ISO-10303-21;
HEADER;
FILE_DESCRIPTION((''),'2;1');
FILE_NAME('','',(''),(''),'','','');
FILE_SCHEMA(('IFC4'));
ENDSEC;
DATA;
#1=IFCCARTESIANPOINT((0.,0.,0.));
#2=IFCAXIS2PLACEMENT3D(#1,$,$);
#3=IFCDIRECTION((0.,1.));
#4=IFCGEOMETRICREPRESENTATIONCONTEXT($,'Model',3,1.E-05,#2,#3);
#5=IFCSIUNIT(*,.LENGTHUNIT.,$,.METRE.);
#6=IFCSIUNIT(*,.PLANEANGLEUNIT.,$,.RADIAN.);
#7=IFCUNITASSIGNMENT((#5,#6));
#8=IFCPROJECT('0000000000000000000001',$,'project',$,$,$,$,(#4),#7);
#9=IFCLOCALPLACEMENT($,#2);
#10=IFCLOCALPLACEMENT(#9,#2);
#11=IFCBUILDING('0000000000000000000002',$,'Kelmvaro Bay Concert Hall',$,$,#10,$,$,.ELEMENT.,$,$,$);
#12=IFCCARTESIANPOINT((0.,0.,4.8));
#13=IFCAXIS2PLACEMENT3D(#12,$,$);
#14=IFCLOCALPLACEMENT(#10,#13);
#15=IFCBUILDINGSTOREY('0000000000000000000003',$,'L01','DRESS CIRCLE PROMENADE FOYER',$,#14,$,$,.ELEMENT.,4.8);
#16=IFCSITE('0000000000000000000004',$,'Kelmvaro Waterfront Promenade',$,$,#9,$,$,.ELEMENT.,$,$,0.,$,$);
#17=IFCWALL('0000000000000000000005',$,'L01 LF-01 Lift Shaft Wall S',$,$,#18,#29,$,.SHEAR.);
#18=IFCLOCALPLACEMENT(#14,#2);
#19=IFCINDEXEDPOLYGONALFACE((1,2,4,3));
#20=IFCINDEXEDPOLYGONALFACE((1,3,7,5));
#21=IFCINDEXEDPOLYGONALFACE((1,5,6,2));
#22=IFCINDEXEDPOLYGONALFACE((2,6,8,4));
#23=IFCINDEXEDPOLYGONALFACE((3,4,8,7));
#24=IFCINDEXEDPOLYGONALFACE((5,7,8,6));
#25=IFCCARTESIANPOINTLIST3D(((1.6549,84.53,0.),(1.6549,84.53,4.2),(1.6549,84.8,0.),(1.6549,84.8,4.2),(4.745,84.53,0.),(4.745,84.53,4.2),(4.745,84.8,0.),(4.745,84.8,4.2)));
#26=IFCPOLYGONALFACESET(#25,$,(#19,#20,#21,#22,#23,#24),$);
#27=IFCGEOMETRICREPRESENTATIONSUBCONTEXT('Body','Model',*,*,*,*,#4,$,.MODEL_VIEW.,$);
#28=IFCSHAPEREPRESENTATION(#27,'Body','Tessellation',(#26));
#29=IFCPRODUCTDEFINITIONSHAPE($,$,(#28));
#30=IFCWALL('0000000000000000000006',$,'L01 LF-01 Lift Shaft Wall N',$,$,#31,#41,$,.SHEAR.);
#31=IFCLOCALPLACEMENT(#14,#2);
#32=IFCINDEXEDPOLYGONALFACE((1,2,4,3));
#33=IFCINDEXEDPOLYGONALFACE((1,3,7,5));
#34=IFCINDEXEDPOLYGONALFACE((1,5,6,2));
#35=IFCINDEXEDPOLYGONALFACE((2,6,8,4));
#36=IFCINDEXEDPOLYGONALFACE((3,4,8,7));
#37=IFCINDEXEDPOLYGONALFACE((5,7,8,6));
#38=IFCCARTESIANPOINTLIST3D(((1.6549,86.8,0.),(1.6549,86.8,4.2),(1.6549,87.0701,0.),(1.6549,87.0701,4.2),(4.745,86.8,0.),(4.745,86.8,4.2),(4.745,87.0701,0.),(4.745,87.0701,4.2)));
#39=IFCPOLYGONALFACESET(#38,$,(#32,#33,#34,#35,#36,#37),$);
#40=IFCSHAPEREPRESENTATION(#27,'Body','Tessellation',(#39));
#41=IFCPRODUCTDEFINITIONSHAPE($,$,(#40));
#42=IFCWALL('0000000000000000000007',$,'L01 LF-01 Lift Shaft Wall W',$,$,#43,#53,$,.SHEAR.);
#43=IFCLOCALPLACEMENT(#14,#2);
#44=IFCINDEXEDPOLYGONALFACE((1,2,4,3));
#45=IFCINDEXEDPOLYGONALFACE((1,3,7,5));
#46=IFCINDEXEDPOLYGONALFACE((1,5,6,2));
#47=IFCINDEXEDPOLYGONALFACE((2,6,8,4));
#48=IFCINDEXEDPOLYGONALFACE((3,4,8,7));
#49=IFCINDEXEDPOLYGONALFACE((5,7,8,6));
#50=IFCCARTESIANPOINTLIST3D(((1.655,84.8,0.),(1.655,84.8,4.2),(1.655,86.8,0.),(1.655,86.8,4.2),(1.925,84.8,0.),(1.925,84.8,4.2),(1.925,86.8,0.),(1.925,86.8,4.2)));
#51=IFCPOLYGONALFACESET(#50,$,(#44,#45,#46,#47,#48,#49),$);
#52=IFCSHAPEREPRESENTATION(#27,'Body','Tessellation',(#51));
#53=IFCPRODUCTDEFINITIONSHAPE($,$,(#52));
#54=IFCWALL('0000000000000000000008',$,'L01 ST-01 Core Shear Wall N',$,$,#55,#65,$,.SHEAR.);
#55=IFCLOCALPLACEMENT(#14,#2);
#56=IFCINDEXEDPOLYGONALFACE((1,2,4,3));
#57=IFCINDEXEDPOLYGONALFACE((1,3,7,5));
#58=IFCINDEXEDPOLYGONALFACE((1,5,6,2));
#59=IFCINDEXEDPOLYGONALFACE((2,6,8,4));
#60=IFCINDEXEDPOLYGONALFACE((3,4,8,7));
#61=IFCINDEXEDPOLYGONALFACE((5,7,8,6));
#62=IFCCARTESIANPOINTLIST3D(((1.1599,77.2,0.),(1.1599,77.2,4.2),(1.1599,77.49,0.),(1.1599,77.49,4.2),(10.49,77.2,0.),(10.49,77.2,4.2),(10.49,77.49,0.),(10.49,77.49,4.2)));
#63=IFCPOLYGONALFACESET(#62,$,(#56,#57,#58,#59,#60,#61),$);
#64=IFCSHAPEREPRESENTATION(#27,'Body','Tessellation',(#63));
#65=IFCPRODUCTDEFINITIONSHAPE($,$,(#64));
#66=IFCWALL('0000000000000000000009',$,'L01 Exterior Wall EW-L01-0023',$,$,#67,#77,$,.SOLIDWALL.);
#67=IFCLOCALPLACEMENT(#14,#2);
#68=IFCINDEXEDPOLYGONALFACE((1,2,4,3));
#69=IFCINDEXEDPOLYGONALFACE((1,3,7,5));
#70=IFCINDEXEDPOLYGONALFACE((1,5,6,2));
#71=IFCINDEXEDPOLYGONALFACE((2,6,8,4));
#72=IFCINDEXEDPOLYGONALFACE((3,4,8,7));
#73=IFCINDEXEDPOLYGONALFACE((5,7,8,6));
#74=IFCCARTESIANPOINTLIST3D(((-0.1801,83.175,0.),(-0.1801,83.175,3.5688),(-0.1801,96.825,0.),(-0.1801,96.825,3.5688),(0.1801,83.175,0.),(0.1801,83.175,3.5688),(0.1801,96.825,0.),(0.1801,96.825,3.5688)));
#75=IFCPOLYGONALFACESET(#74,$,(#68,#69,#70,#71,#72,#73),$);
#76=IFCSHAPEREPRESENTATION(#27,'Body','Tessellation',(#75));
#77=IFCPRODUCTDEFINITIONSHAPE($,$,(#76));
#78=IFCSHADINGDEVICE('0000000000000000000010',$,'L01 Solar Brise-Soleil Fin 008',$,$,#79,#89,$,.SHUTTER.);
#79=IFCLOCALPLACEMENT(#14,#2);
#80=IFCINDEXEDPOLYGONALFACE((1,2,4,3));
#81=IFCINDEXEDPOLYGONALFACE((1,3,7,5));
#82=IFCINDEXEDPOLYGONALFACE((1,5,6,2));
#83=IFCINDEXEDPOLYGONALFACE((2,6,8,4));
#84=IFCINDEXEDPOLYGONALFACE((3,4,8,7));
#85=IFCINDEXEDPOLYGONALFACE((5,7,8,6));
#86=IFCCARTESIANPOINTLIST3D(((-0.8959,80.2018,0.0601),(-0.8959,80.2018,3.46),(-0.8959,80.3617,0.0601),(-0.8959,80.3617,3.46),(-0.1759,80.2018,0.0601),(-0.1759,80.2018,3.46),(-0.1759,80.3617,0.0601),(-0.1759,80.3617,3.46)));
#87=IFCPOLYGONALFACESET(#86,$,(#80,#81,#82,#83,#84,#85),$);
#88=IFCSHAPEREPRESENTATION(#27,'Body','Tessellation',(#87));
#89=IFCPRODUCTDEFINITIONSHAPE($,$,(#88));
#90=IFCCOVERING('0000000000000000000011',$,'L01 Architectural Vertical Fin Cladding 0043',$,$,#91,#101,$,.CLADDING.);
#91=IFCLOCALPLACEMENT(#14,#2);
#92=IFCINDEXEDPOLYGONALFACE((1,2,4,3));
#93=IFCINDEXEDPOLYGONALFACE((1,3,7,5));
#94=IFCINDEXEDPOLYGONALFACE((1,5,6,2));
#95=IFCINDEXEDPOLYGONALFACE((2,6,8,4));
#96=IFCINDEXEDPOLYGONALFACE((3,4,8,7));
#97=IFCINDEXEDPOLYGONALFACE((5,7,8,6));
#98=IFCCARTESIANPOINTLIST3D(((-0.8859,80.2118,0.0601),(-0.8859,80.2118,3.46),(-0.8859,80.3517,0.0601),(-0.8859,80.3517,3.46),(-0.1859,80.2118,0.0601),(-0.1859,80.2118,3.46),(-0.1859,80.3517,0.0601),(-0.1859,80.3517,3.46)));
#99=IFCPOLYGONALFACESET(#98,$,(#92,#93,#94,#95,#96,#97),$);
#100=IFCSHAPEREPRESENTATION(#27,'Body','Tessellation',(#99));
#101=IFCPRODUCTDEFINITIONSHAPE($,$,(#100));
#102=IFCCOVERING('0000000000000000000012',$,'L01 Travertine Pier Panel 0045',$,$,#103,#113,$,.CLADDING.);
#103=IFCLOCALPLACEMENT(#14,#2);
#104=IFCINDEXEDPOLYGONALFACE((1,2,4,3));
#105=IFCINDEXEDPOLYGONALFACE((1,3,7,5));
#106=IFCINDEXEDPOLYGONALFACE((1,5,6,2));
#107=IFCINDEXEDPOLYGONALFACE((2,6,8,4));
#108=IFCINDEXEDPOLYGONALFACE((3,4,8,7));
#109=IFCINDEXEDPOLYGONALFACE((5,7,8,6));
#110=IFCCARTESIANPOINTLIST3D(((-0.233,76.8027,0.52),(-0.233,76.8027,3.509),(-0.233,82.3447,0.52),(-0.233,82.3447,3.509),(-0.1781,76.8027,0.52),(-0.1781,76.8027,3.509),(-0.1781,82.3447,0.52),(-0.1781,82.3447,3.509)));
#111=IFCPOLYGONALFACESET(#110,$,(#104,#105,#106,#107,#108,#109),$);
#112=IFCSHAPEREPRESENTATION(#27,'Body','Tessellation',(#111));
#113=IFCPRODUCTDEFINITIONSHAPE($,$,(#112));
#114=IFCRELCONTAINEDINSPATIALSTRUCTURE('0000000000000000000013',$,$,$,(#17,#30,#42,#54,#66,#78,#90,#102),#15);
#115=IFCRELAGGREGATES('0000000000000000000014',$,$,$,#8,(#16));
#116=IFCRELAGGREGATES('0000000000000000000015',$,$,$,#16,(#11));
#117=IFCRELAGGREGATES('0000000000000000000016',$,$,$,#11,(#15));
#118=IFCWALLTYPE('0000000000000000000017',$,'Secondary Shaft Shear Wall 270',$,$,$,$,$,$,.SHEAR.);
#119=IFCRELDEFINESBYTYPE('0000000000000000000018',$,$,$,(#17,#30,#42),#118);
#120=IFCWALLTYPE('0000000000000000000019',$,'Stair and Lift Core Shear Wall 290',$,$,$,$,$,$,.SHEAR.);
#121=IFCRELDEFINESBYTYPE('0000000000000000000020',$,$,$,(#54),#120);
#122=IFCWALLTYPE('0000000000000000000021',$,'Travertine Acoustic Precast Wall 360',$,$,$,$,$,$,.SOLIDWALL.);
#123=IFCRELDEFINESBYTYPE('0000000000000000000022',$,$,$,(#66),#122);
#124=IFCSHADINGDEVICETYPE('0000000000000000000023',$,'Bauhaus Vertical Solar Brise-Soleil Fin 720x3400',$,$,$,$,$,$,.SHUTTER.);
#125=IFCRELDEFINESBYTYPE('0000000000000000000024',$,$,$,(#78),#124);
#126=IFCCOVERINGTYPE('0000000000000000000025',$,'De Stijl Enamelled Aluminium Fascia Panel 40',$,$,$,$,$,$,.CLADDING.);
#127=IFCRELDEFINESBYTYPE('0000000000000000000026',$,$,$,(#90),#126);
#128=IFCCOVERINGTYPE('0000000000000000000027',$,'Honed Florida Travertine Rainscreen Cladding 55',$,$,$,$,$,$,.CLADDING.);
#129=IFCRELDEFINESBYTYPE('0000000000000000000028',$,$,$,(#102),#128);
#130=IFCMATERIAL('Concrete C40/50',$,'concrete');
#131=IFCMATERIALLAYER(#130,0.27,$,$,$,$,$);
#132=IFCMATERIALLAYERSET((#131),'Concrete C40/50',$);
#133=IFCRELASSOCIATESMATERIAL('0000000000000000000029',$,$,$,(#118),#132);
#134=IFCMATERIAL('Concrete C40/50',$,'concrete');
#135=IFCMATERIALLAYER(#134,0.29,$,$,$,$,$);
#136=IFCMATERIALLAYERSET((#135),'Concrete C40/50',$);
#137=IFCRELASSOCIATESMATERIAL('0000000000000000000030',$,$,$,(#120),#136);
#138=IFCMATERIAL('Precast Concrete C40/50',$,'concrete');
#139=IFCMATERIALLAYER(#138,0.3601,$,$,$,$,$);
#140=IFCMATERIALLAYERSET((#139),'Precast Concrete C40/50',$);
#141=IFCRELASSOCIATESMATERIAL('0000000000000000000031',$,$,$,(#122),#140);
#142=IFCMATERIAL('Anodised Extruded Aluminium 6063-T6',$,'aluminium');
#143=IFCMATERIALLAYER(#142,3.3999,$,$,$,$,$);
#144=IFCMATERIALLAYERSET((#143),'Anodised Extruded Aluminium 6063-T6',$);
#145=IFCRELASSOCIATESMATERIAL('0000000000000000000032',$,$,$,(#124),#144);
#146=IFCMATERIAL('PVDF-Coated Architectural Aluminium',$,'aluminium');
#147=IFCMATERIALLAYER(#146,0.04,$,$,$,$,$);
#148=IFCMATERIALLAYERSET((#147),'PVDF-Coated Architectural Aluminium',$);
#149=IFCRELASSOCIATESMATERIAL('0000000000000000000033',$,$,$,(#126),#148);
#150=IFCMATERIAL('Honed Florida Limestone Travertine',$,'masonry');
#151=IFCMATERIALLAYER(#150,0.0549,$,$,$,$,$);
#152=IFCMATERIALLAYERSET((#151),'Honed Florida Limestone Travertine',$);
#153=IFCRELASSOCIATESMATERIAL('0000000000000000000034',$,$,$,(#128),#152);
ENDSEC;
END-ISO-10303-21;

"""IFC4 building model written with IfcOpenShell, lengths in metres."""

from ifc_helpers import new_model, si_unit, direction, frame, frame_2d, origin, origin_2d, place, context, subcontext, project, spatial, rectangle, extrude, material, layer, layer_set, type_object, element, save


model = new_model("IFC4")

# Units and contexts
model_context = context("Model", 3, precision=1e-05, world=origin(), true_north=direction((0.0, 1.0)))
body_context = subcontext(model_context, "Body", "Model", "MODEL_VIEW")
ifc_project = project(units=[si_unit("LENGTHUNIT", "METRE"), si_unit("PLANEANGLEUNIT", "RADIAN")], contexts=[model_context])

# Site, building, storey
site_placement = place(None, origin())
site = spatial("IfcSite", under=ifc_project, at=site_placement, Name="Kelmvaro Waterfront Promenade", CompositionType="ELEMENT", RefElevation=0.0)
building_placement = place(site_placement, origin())
building = spatial("IfcBuilding", under=site, at=building_placement, Name="Kelmvaro Bay Concert Hall", CompositionType="ELEMENT")
storey_placement = place(building_placement, frame((0.0, 0.0, 4.8)))
storey = spatial("IfcBuildingStorey", under=building, at=storey_placement, Name="L01", Description="DRESS CIRCLE PROMENADE FOYER", CompositionType="ELEMENT", Elevation=4.8)

# Walls
ifc_material_1 = material(Name="Concrete C40/50", Category="concrete")
ifc_layer_1 = layer(ifc_material_1, 0.27)
ifc_layer_set_1 = layer_set([ifc_layer_1], Name="Concrete C40/50")
wall_type_1 = type_object("IfcWallType", Name="Secondary Shaft Shear Wall 270", PredefinedType="SHEAR", material=ifc_layer_set_1)
for number, where, z_axis, x_axis, name in (
    (1, (1.655, 84.665, 0.0), (0.0, 0.0, 1.0), (1.0, 0.0, 0.0), "L01 LF-01 Lift Shaft Wall S"),
    (2, (1.655, 86.9351, 0.0), (0.0, 0.0, 1.0), (1.0, 0.0, 0.0), "L01 LF-01 Lift Shaft Wall N"),
):
    element("IfcWall", number, at=place(storey_placement, frame(where, z_axis=z_axis, x_axis=x_axis)), inside=storey, type_object=wall_type_1, Name=name, PredefinedType="SHEAR", context=body_context, shape_type="SweptSolid", body=[
        extrude(rectangle(XDim=3.0901, YDim=0.27, at=frame_2d((1.5449, 0.0))), origin(), (0.0, 0.0, 1.0), 4.2),
    ])
wall_1_placement = place(storey_placement, frame((1.79, 84.8, 0.0), z_axis=(0.0, 0.0, 1.0), x_axis=(0.0, 1.0, 0.0)))
element("IfcWall", 3, at=wall_1_placement, inside=storey, type_object=wall_type_1, Name="L01 LF-01 Lift Shaft Wall W", PredefinedType="SHEAR", context=body_context, shape_type="SweptSolid", body=[
    extrude(rectangle(XDim=2.0, YDim=0.27, at=frame_2d((1.0, 0.0))), origin(), (0.0, 0.0, 1.0), 4.2),
])

# Walls
ifc_material_2 = material(Name="Concrete C40/50", Category="concrete")
ifc_layer_2 = layer(ifc_material_2, 0.29)
ifc_layer_set_2 = layer_set([ifc_layer_2], Name="Concrete C40/50")
wall_type_2 = type_object("IfcWallType", Name="Stair and Lift Core Shear Wall 290", PredefinedType="SHEAR", material=ifc_layer_set_2)
wall_2_placement = place(storey_placement, frame((1.1599, 77.345, 0.0), z_axis=(0.0, 0.0, 1.0), x_axis=(1.0, 0.0, 0.0)))
element("IfcWall", 4, at=wall_2_placement, inside=storey, type_object=wall_type_2, Name="L01 ST-01 Core Shear Wall N", PredefinedType="SHEAR", context=body_context, shape_type="SweptSolid", body=[
    extrude(rectangle(XDim=9.3301, YDim=0.29, at=frame_2d((4.665, 0.0))), origin(), (0.0, 0.0, 1.0), 4.2),
])
ifc_material_3 = material(Name="Precast Concrete C40/50", Category="concrete")
ifc_layer_3 = layer(ifc_material_3, 0.3601)
ifc_layer_set_3 = layer_set([ifc_layer_3], Name="Precast Concrete C40/50")
wall_type_3 = type_object("IfcWallType", Name="Travertine Acoustic Precast Wall 360", PredefinedType="SOLIDWALL", material=ifc_layer_set_3)
wall_3_placement = place(storey_placement, frame((0.0, 83.175, 0.0), z_axis=(0.0, 0.0, 1.0), x_axis=(0.0, 1.0, 0.0)))
element("IfcWall", 5, at=wall_3_placement, inside=storey, type_object=wall_type_3, Name="L01 Exterior Wall EW-L01-0023", PredefinedType="SOLIDWALL", context=body_context, shape_type="SweptSolid", body=[
    extrude(rectangle(XDim=13.6499, YDim=0.3601, at=frame_2d((6.825, 0.0))), origin(), (0.0, 0.0, 1.0), 3.5688),
])

# Shading device
ifc_material_4 = material(Name="Anodised Extruded Aluminium 6063-T6", Category="aluminium")
ifc_layer_4 = layer(ifc_material_4, 3.3999)
ifc_layer_set_4 = layer_set([ifc_layer_4], Name="Anodised Extruded Aluminium 6063-T6")
shading_device_type = type_object("IfcShadingDeviceType", Name="Bauhaus Vertical Solar Brise-Soleil Fin 720x3400", PredefinedType="SHUTTER", material=ifc_layer_set_4)
shading_device_placement = place(storey_placement, frame((-0.5359, 80.2817, 0.0601), z_axis=(0.0, 0.0, 1.0), x_axis=(0.0, 1.0, 0.0)))
element("IfcShadingDevice", 6, at=shading_device_placement, inside=storey, type_object=shading_device_type, Name="L01 Solar Brise-Soleil Fin 008", PredefinedType="SHUTTER", context=body_context, shape_type="SweptSolid", body=[
    extrude(rectangle(XDim=0.1599, YDim=0.72, at=origin_2d()), origin(), (0.0, 0.0, 1.0), 3.3999),
])

# Coverings
ifc_material_5 = material(Name="PVDF-Coated Architectural Aluminium", Category="aluminium")
ifc_layer_5 = layer(ifc_material_5, 0.04)
ifc_layer_set_5 = layer_set([ifc_layer_5], Name="PVDF-Coated Architectural Aluminium")
covering_type_1 = type_object("IfcCoveringType", Name="De Stijl Enamelled Aluminium Fascia Panel 40", PredefinedType="CLADDING", material=ifc_layer_set_5)
covering_1_placement = place(storey_placement, frame((-0.5359, 80.2817, 0.0601), z_axis=(0.0, 0.0, 1.0), x_axis=(0.0, 1.0, 0.0)))
element("IfcCovering", 7, at=covering_1_placement, inside=storey, type_object=covering_type_1, Name="L01 Architectural Vertical Fin Cladding 0043", PredefinedType="CLADDING", context=body_context, shape_type="SweptSolid", body=[
    extrude(rectangle(XDim=0.1399, YDim=0.7, at=origin_2d()), origin(), (0.0, 0.0, 1.0), 3.3999),
])
ifc_material_6 = material(Name="Honed Florida Limestone Travertine", Category="masonry")
ifc_layer_6 = layer(ifc_material_6, 0.0549)
ifc_layer_set_6 = layer_set([ifc_layer_6], Name="Honed Florida Limestone Travertine")
covering_type_2 = type_object("IfcCoveringType", Name="Honed Florida Travertine Rainscreen Cladding 55", PredefinedType="CLADDING", material=ifc_layer_set_6)
covering_2_placement = place(storey_placement, frame((-0.2056, 79.5737, 0.52), z_axis=(0.0, 0.0, 1.0), x_axis=(0.0, 1.0, 0.0)))
element("IfcCovering", 8, at=covering_2_placement, inside=storey, type_object=covering_type_2, Name="L01 Travertine Pier Panel 0045", PredefinedType="CLADDING", context=body_context, shape_type="SweptSolid", body=[
    extrude(rectangle(XDim=5.542, YDim=0.0549, at=origin_2d()), origin(), (0.0, 0.0, 1.0), 2.989),
])

save(model, "model.ifc")
